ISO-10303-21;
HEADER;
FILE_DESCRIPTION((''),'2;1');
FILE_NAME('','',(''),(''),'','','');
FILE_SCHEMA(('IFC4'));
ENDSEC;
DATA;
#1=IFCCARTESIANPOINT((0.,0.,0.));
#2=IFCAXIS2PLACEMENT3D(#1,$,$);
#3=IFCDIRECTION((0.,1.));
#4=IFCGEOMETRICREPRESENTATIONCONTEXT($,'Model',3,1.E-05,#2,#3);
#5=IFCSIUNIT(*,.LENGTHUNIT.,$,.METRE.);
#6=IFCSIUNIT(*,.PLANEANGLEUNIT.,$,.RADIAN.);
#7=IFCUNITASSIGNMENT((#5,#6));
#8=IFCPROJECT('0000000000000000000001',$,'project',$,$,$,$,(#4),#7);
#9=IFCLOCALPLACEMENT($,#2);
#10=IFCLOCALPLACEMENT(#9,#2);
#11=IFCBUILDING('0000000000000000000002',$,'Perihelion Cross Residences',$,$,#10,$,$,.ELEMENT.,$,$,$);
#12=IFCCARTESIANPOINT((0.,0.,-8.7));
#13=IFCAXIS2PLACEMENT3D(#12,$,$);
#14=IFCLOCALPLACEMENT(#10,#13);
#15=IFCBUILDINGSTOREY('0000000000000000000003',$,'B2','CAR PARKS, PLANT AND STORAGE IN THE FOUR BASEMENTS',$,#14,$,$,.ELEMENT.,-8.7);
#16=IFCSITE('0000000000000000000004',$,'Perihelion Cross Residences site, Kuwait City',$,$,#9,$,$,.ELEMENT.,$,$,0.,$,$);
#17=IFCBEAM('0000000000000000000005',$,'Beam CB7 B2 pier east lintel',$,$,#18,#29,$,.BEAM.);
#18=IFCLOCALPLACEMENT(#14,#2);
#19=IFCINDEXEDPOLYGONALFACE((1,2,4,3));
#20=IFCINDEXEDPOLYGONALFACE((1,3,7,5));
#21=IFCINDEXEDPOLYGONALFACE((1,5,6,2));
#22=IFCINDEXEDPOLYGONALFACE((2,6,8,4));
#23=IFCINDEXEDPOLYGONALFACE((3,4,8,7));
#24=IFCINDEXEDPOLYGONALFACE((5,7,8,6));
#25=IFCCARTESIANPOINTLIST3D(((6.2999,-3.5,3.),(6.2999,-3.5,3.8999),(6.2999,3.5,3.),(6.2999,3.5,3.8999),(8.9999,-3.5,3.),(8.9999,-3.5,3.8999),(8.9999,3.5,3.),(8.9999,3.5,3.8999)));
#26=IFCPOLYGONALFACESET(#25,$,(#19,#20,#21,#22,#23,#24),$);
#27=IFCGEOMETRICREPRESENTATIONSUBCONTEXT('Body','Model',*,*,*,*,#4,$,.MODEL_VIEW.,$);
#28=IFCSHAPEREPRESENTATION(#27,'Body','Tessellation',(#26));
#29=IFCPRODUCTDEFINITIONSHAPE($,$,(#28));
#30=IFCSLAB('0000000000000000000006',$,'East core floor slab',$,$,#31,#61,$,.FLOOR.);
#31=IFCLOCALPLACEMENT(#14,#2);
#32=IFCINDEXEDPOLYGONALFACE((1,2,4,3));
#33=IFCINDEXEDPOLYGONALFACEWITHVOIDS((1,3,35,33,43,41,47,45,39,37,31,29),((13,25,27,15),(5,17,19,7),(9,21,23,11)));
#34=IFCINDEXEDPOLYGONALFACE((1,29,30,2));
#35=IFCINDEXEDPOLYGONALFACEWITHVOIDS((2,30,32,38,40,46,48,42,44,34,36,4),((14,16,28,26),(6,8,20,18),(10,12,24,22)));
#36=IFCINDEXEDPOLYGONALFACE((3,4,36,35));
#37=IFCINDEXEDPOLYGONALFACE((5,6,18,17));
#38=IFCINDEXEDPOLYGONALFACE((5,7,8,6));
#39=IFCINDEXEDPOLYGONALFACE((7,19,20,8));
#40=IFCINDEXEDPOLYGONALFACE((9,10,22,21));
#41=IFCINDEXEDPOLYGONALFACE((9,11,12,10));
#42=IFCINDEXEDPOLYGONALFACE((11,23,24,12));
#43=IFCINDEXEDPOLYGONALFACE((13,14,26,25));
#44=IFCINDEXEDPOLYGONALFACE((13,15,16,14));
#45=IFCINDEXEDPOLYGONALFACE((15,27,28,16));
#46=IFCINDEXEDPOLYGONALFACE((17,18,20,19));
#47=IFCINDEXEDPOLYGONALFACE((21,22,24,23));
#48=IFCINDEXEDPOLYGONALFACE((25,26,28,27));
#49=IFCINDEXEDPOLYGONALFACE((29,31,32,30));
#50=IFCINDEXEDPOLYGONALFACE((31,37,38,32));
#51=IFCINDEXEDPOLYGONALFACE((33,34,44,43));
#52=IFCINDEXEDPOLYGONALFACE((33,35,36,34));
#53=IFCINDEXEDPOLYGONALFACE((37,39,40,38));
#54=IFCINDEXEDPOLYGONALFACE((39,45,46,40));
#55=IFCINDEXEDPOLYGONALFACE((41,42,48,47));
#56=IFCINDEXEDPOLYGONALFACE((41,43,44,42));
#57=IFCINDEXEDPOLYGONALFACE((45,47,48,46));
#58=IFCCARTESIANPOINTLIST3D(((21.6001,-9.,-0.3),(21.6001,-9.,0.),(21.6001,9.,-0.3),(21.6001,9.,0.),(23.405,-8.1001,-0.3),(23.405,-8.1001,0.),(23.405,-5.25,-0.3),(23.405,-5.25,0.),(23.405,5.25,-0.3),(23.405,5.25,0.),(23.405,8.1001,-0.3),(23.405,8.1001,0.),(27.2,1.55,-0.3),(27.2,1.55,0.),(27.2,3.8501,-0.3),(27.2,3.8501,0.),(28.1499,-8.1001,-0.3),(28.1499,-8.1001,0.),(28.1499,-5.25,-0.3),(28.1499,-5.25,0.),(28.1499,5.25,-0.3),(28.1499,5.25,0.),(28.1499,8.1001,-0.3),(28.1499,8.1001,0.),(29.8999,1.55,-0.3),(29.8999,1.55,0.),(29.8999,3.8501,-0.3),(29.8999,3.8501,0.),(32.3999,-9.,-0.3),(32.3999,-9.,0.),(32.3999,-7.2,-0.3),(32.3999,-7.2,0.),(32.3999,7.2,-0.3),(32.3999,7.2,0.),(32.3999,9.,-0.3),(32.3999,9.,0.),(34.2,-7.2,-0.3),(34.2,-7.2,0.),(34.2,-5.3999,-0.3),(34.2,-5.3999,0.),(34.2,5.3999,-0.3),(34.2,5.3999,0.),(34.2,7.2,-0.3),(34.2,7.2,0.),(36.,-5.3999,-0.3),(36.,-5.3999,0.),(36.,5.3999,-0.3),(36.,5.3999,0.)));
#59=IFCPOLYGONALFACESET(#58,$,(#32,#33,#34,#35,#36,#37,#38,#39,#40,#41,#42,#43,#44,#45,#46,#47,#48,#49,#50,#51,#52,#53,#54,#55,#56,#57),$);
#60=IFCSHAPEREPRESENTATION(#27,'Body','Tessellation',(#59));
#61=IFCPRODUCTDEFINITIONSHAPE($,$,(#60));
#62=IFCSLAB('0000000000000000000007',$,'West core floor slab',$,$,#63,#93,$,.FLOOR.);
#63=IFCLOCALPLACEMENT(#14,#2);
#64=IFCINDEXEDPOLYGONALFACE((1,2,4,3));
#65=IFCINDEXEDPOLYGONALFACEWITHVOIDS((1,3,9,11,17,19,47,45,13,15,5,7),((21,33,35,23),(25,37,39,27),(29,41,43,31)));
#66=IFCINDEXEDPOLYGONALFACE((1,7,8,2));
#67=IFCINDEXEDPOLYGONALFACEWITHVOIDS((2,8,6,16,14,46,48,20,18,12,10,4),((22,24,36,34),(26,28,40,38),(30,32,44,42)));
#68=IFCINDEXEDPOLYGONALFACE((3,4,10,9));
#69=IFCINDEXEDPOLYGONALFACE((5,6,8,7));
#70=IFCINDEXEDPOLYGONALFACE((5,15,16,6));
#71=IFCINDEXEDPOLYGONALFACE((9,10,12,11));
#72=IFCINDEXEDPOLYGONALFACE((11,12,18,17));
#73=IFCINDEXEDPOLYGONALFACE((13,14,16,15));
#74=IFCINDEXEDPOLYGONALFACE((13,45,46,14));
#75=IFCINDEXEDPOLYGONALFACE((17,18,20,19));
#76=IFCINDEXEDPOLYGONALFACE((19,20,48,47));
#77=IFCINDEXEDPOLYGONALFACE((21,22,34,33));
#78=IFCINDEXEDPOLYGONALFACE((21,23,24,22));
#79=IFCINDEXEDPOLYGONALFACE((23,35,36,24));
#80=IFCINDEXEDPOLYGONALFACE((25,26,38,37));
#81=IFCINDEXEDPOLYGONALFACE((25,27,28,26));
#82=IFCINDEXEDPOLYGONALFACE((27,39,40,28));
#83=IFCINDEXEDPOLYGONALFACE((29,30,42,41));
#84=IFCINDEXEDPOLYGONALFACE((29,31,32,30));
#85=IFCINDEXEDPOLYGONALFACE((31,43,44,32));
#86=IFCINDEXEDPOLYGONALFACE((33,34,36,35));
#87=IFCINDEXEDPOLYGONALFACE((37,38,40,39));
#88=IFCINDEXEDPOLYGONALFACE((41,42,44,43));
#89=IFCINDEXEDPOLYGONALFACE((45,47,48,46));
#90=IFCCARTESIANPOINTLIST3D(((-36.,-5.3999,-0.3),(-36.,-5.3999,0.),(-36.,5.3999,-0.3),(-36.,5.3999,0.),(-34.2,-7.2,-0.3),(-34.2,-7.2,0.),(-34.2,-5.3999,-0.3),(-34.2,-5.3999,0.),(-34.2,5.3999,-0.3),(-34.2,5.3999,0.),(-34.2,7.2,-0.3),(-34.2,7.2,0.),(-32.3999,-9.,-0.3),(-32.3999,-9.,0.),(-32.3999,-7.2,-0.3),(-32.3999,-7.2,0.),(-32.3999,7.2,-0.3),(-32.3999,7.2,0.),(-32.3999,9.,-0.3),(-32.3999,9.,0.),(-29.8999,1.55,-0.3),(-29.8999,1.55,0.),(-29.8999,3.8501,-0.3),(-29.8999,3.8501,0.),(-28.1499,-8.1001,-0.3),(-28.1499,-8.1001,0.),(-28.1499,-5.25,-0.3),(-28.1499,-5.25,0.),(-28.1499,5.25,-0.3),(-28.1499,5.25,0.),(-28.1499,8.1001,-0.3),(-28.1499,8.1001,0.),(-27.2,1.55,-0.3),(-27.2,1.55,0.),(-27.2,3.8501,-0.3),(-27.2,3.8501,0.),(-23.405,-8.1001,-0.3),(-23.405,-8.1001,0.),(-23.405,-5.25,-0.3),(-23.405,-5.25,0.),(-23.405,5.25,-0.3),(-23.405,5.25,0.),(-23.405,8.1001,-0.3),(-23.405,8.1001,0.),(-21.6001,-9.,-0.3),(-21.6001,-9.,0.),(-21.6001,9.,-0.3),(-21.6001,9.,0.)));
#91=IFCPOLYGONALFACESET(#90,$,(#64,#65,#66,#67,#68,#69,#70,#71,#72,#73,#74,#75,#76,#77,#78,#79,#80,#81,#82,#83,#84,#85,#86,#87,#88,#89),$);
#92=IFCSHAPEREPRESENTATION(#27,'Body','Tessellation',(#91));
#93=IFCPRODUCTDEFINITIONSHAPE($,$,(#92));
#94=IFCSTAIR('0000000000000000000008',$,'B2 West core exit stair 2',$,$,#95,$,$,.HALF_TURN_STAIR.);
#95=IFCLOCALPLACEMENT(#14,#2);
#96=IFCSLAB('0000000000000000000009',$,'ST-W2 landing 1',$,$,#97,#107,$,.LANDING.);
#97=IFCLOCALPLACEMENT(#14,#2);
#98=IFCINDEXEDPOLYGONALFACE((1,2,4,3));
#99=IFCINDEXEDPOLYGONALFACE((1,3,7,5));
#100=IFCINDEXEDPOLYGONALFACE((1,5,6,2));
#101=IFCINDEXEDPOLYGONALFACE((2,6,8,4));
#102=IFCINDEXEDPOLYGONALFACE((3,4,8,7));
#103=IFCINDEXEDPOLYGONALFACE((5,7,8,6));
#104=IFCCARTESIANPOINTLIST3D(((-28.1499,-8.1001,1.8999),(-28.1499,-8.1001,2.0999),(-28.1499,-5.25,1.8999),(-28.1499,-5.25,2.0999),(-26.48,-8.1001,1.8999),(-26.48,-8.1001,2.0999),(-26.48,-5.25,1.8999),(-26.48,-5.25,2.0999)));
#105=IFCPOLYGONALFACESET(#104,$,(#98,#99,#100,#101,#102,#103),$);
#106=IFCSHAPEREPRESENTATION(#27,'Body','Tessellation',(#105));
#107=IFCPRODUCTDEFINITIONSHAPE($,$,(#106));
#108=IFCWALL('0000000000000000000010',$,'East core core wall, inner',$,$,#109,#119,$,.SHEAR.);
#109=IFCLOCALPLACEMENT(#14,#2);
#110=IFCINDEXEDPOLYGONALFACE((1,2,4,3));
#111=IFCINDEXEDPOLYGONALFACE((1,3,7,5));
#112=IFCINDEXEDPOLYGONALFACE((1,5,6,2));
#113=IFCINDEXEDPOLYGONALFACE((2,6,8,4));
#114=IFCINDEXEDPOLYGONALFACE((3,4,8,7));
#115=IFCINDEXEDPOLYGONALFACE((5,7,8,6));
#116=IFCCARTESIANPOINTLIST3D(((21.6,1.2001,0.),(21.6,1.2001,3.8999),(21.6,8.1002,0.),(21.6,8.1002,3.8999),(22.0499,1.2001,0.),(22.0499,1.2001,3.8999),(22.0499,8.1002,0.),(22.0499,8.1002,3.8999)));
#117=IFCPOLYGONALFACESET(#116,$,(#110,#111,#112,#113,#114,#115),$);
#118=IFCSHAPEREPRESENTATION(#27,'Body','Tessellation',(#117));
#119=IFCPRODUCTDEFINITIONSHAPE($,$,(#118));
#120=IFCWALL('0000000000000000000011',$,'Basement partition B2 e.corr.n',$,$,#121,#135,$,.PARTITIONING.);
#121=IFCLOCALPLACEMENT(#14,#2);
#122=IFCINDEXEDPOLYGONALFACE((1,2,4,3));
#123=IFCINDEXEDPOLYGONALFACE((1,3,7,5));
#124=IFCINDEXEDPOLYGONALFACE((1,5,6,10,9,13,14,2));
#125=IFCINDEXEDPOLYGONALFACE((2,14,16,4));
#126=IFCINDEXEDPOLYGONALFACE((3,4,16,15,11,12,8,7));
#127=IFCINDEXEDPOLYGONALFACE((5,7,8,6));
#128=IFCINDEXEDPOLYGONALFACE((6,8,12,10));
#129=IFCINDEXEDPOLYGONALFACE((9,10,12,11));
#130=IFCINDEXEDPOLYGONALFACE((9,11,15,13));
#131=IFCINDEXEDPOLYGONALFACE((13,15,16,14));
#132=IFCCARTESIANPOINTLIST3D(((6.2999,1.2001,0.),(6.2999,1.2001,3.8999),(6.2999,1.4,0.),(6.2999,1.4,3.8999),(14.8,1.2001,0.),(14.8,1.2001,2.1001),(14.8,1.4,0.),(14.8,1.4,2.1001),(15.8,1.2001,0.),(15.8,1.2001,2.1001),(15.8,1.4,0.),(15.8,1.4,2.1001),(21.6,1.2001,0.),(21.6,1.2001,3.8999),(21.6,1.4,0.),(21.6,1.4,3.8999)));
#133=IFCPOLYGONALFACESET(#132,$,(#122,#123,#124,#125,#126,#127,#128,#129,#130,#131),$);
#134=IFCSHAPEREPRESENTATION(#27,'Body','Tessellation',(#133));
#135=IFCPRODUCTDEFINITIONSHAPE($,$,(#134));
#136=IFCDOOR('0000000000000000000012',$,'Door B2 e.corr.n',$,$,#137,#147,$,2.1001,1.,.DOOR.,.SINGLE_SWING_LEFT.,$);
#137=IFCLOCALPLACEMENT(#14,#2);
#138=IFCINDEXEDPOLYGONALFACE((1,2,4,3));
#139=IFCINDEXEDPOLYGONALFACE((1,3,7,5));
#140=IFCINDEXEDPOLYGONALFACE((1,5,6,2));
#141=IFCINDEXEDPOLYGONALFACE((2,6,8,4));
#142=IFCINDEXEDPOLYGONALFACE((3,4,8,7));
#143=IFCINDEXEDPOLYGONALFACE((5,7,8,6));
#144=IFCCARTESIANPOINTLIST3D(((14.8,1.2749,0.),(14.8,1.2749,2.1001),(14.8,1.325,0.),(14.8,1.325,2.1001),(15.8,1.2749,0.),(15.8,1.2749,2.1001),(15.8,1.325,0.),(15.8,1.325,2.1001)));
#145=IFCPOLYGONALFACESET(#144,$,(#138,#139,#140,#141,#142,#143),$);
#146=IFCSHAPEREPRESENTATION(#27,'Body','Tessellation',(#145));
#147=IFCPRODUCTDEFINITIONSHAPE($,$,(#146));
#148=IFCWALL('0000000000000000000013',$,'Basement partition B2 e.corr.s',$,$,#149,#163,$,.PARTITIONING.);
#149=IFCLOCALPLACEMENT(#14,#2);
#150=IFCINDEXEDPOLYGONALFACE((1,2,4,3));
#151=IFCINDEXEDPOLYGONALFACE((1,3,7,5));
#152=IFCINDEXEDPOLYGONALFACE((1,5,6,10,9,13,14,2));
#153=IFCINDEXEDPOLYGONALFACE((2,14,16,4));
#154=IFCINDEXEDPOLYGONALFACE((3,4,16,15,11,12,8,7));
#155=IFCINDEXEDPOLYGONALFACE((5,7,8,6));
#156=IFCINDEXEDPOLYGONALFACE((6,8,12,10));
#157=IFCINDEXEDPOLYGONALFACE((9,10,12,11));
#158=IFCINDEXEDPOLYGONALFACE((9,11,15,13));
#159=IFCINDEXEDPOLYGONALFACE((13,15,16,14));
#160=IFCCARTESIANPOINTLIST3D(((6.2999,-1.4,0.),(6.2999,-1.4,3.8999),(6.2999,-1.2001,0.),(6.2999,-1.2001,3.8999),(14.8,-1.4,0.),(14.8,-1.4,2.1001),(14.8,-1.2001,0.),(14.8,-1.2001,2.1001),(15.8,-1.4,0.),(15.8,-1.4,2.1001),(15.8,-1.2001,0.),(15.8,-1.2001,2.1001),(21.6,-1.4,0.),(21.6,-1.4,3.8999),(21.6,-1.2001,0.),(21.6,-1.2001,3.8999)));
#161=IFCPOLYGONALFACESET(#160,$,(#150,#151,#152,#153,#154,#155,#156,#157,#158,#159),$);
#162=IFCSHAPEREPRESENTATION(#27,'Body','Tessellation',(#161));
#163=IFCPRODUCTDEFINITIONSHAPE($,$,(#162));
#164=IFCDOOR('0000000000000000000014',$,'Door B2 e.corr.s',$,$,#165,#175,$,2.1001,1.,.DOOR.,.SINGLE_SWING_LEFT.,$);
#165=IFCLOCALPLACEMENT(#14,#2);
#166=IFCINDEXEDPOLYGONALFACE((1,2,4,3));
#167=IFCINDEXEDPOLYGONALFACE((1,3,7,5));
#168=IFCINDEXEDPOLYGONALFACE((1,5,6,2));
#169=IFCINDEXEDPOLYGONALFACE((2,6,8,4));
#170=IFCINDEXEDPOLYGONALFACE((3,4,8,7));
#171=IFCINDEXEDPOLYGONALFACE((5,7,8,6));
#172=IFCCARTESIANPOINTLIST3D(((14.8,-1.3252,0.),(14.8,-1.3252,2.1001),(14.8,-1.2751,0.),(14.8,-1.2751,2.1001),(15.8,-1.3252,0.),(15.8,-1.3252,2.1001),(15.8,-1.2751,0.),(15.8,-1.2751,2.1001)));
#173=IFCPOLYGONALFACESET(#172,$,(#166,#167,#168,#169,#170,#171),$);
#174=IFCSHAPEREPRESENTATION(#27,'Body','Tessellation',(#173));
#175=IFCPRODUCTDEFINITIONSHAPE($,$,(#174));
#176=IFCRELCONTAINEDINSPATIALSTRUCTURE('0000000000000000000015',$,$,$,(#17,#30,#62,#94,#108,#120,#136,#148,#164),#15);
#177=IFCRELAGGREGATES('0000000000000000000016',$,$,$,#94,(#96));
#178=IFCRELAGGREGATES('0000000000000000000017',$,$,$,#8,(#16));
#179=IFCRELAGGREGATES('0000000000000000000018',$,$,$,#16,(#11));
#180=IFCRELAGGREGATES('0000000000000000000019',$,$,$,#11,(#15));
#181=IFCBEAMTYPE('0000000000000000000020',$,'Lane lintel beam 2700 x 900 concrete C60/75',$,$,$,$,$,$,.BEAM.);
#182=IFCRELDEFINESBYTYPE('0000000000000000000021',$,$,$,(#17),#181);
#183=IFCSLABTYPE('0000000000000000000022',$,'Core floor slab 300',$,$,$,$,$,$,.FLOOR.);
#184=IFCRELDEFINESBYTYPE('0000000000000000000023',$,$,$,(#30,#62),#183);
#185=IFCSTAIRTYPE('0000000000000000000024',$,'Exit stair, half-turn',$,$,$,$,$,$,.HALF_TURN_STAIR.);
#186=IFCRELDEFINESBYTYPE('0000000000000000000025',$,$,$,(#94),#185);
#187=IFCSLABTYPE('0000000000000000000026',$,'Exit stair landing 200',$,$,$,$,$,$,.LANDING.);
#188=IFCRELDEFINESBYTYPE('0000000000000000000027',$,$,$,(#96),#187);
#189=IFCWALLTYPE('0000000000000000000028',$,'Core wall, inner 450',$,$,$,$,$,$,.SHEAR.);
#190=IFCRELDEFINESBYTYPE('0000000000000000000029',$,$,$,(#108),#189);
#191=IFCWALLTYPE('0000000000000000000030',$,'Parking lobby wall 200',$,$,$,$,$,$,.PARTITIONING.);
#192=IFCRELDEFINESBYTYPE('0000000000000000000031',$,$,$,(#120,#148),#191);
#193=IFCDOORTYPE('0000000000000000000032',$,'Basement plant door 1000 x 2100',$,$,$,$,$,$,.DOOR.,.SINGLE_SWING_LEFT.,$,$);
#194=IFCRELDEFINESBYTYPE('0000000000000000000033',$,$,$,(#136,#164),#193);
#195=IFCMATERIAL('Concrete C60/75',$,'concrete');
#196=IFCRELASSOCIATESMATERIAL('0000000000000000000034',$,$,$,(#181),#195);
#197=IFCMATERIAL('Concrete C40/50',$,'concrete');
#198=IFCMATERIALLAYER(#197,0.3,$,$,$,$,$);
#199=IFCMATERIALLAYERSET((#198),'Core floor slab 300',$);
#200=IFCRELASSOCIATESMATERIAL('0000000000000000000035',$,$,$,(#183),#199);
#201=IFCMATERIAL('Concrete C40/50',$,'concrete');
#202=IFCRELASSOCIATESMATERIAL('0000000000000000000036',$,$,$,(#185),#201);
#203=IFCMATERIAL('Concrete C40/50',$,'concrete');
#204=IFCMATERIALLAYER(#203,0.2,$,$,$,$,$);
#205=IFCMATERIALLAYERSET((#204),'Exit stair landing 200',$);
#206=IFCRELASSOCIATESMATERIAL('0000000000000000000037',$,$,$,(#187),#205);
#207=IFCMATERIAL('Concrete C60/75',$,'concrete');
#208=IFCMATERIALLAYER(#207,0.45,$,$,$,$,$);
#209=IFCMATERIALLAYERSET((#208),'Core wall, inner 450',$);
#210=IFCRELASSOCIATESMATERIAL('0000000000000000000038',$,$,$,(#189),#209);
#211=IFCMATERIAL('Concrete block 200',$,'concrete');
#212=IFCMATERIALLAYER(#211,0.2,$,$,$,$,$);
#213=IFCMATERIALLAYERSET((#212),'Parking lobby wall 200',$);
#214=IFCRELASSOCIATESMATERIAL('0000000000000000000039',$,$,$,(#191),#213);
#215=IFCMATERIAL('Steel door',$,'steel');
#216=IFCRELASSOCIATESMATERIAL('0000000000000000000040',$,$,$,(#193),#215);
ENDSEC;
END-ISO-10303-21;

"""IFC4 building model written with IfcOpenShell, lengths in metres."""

from ifc_helpers import new_model, si_unit, direction, frame, frame_2d, origin, origin_2d, place, context, subcontext, project, spatial, polyline, rectangle, outline, extrude, material, layer, layer_set, material_profile, profile_set, type_object, element, fill, aggregate, save


model = new_model("IFC4")

# Units and contexts
model_context = context("Model", 3, precision=1e-05, world=origin(), true_north=direction((0.0, 1.0)))
body_context = subcontext(model_context, "Body", "Model", "MODEL_VIEW")
ifc_project = project(units=[si_unit("LENGTHUNIT", "METRE"), si_unit("PLANEANGLEUNIT", "RADIAN")], contexts=[model_context])

# Site, building, storey
site_placement = place(None, origin())
site = spatial("IfcSite", under=ifc_project, at=site_placement, Name="Perihelion Cross Residences site, Kuwait City", CompositionType="ELEMENT", RefElevation=0.0)
building_placement = place(site_placement, origin())
building = spatial("IfcBuilding", under=site, at=building_placement, Name="Perihelion Cross Residences", CompositionType="ELEMENT")
storey_placement = place(building_placement, frame((0.0, 0.0, -8.7)))
storey = spatial("IfcBuildingStorey", under=building, at=storey_placement, Name="B2", Description="CAR PARKS, PLANT AND STORAGE IN THE FOUR BASEMENTS", CompositionType="ELEMENT", Elevation=-8.7)

# Beam
ifc_material_1 = material(Name="Concrete C60/75", Category="concrete")
ifc_material_profile_1 = material_profile(ifc_material_1, rectangle(XDim=2.7, YDim=0.8999, at=origin_2d()), Name="Lane lintel beam 2700 x 900 concrete C60/75")
ifc_profile_set_1 = profile_set([ifc_material_profile_1], Name="Concrete C60/75")
beam_type = type_object("IfcBeamType", Name="Lane lintel beam 2700 x 900 concrete C60/75", PredefinedType="BEAM", material=ifc_profile_set_1)
beam_placement = place(storey_placement, frame((7.6499, -3.5, 3.45), z_axis=(0.0, 1.0, 0.0), x_axis=(-1.0, 0.0, 0.0)))
element("IfcBeam", 1, at=beam_placement, inside=storey, type_object=beam_type, Name="Beam CB7 B2 pier east lintel", PredefinedType="BEAM", context=body_context, shape_type="SweptSolid", body=[
    extrude(rectangle(XDim=2.7, YDim=0.8999, at=origin_2d()), origin(), (0.0, 0.0, 1.0), 7.0),
])

# Slabs
ifc_material_2 = material(Name="Concrete C40/50", Category="concrete")
ifc_layer_1 = layer(ifc_material_2, 0.3)
ifc_layer_set_1 = layer_set([ifc_layer_1], Name="Core floor slab 300")
slab_type_1 = type_object("IfcSlabType", Name="Core floor slab 300", PredefinedType="FLOOR", material=ifc_layer_set_1)
slab_1_placement = place(storey_placement, frame((0.0, 0.0, -0.3)))
element("IfcSlab", 2, at=slab_1_placement, inside=storey, type_object=slab_type_1, Name="East core floor slab", PredefinedType="FLOOR", context=body_context, shape_type="SweptSolid", body=[
    extrude(outline(polyline([(32.3999, 7.2), (34.2, 7.2), (34.2, 5.3999), (36.0, 5.3999), (36.0, -5.3999), (34.2, -5.3999), (34.2, -7.2), (32.3999, -7.2), (32.3999, -9.0), (21.6001, -9.0), (21.6001, 9.0), (32.3999, 9.0), (32.3999, 7.2)]), holes=[polyline([(28.1499, -5.25), (23.405, -5.25), (23.405, -8.1001), (28.1499, -8.1001), (28.1499, -5.25)]), polyline([(27.2, 1.55), (29.8999, 1.55), (29.8999, 3.8501), (27.2, 3.8501), (27.2, 1.55)]), polyline([(28.1499, 5.25), (28.1499, 8.1001), (23.405, 8.1001), (23.405, 5.25), (28.1499, 5.25)])]), origin(), (0.0, 0.0, 1.0), 0.3),
])
slab_2_placement = place(storey_placement, frame((0.0, 0.0, -0.3)))
element("IfcSlab", 3, at=slab_2_placement, inside=storey, type_object=slab_type_1, Name="West core floor slab", PredefinedType="FLOOR", context=body_context, shape_type="SweptSolid", body=[
    extrude(outline(polyline([(-32.3999, 7.2), (-34.2, 7.2), (-34.2, 5.3999), (-36.0, 5.3999), (-36.0, -5.3999), (-34.2, -5.3999), (-34.2, -7.2), (-32.3999, -7.2), (-32.3999, -9.0), (-21.6001, -9.0), (-21.6001, 9.0), (-32.3999, 9.0), (-32.3999, 7.2)]), holes=[polyline([(-28.1499, -5.25), (-23.405, -5.25), (-23.405, -8.1001), (-28.1499, -8.1001), (-28.1499, -5.25)]), polyline([(-27.2, 1.55), (-29.8999, 1.55), (-29.8999, 3.8501), (-27.2, 3.8501), (-27.2, 1.55)]), polyline([(-28.1499, 5.25), (-28.1499, 8.1001), (-23.405, 8.1001), (-23.405, 5.25), (-28.1499, 5.25)])]), origin(), (0.0, 0.0, 1.0), 0.3),
])

# Stair, slab
ifc_material_3 = material(Name="Concrete C40/50", Category="concrete")
stair_type = type_object("IfcStairType", Name="Exit stair, half-turn", PredefinedType="HALF_TURN_STAIR", material=ifc_material_3)
stair_placement = place(storey_placement, origin())
stair = element("IfcStair", 4, at=stair_placement, inside=storey, type_object=stair_type, Name="B2 West core exit stair 2", PredefinedType="HALF_TURN_STAIR")
ifc_material_4 = material(Name="Concrete C40/50", Category="concrete")
ifc_layer_2 = layer(ifc_material_4, 0.2)
ifc_layer_set_2 = layer_set([ifc_layer_2], Name="Exit stair landing 200")
slab_type_2 = type_object("IfcSlabType", Name="Exit stair landing 200", PredefinedType="LANDING", material=ifc_layer_set_2)
slab_3_placement = place(storey_placement, frame((0.0, 0.0, 1.8999)))
slab_3 = element("IfcSlab", 5, at=slab_3_placement, type_object=slab_type_2, Name="ST-W2 landing 1", PredefinedType="LANDING", context=body_context, shape_type="SweptSolid", body=[
    extrude(outline(polyline([(-26.48, -5.25), (-28.1499, -5.25), (-28.1499, -8.1001), (-26.48, -8.1001), (-26.48, -5.25)])), origin(), (0.0, 0.0, 1.0), 0.2),
])
aggregate(stair, [slab_3])

# Wall
ifc_material_5 = material(Name="Concrete C60/75", Category="concrete")
ifc_layer_3 = layer(ifc_material_5, 0.45)
ifc_layer_set_3 = layer_set([ifc_layer_3], Name="Core wall, inner 450")
wall_type_1 = type_object("IfcWallType", Name="Core wall, inner 450", PredefinedType="SHEAR", material=ifc_layer_set_3)
wall_1_placement = place(storey_placement, frame((21.825, 1.2, 0.0), z_axis=(0.0, 0.0, 1.0), x_axis=(0.0, 1.0, 0.0)))
element("IfcWall", 6, at=wall_1_placement, inside=storey, type_object=wall_type_1, Name="East core core wall, inner", PredefinedType="SHEAR", context=body_context, shape_type="SweptSolid", body=[
    extrude(rectangle(XDim=6.9001, YDim=0.45, at=frame_2d((3.4502, 0.0))), origin(), (0.0, 0.0, 1.0), 3.8999),
])

# Walls, openings, doors
ifc_material_6 = material(Name="Concrete block 200", Category="concrete")
ifc_layer_4 = layer(ifc_material_6, 0.2)
ifc_layer_set_4 = layer_set([ifc_layer_4], Name="Parking lobby wall 200")
wall_type_2 = type_object("IfcWallType", Name="Parking lobby wall 200", PredefinedType="PARTITIONING", material=ifc_layer_set_4)
wall_2_placement = place(storey_placement, frame((6.3, 1.3, 0.0), z_axis=(0.0, 0.0, 1.0), x_axis=(1.0, 0.0, 0.0)))
wall_2 = element("IfcWall", 7, at=wall_2_placement, inside=storey, type_object=wall_type_2, Name="Basement partition B2 e.corr.n", PredefinedType="PARTITIONING", context=body_context, shape_type="SweptSolid", body=[
    extrude(rectangle(XDim=15.3, YDim=0.2, at=frame_2d((7.6499, 0.0))), origin(), (0.0, 0.0, 1.0), 3.8999),
])
opening_1_placement = place(wall_2_placement, frame((8.5, 0.0, 0.0)))
opening_1 = element("IfcOpeningElement", 8, at=opening_1_placement, cuts=wall_2, PredefinedType="OPENING", context=body_context, shape_type="SweptSolid", body=[
    extrude(rectangle(XDim=1.0, YDim=2.1001, at=frame_2d((0.5, 1.05))), frame((0.0, 0.1099, 0.0), z_axis=(0.0, -1.0, 0.0), x_axis=(1.0, 0.0, 0.0)), (0.0, 0.0, 1.0), 0.22),
])
ifc_material_7 = material(Name="Steel door", Category="steel")
door_type_1 = type_object("IfcDoorType", Name="Basement plant door 1000 x 2100", OperationType="SINGLE_SWING_LEFT", PredefinedType="DOOR", material=ifc_material_7)
door_1_placement = place(opening_1_placement, origin())
door_1 = element("IfcDoor", 9, at=door_1_placement, inside=storey, type_object=door_type_1, Name="Door B2 e.corr.n", OperationType="SINGLE_SWING_LEFT", OverallHeight=2.1001, OverallWidth=1.0, PredefinedType="DOOR", context=body_context, shape_type="SweptSolid", body=[
    extrude(rectangle(XDim=1.0, YDim=2.1001, at=frame_2d((0.5, 1.05))), frame((0.0, 0.0249, 0.0), z_axis=(0.0, -1.0, 0.0), x_axis=(1.0, 0.0, 0.0)), (0.0, 0.0, 1.0), 0.05),
])
fill(opening_1, door_1)
wall_3_placement = place(storey_placement, frame((6.3, -1.3, 0.0), z_axis=(0.0, 0.0, 1.0), x_axis=(1.0, 0.0, 0.0)))
wall_3 = element("IfcWall", 10, at=wall_3_placement, inside=storey, type_object=wall_type_2, Name="Basement partition B2 e.corr.s", PredefinedType="PARTITIONING", context=body_context, shape_type="SweptSolid", body=[
    extrude(rectangle(XDim=15.3, YDim=0.2, at=frame_2d((7.6499, 0.0))), origin(), (0.0, 0.0, 1.0), 3.8999),
])
opening_2_placement = place(wall_3_placement, frame((8.5, 0.0, 0.0)))
opening_2 = element("IfcOpeningElement", 11, at=opening_2_placement, cuts=wall_3, PredefinedType="OPENING", context=body_context, shape_type="SweptSolid", body=[
    extrude(rectangle(XDim=1.0, YDim=2.1001, at=frame_2d((0.5, 1.05))), frame((0.0, 0.1099, 0.0), z_axis=(0.0, -1.0, 0.0), x_axis=(1.0, 0.0, 0.0)), (0.0, 0.0, 1.0), 0.22),
])
door_2_placement = place(opening_2_placement, origin())
door_2 = element("IfcDoor", 12, at=door_2_placement, inside=storey, type_object=door_type_1, Name="Door B2 e.corr.s", OperationType="SINGLE_SWING_LEFT", OverallHeight=2.1001, OverallWidth=1.0, PredefinedType="DOOR", context=body_context, shape_type="SweptSolid", body=[
    extrude(rectangle(XDim=1.0, YDim=2.1001, at=frame_2d((0.5, 1.05))), frame((0.0, 0.0249, 0.0), z_axis=(0.0, -1.0, 0.0), x_axis=(1.0, 0.0, 0.0)), (0.0, 0.0, 1.0), 0.05),
])
fill(opening_2, door_2)

save(model, "model.ifc")
